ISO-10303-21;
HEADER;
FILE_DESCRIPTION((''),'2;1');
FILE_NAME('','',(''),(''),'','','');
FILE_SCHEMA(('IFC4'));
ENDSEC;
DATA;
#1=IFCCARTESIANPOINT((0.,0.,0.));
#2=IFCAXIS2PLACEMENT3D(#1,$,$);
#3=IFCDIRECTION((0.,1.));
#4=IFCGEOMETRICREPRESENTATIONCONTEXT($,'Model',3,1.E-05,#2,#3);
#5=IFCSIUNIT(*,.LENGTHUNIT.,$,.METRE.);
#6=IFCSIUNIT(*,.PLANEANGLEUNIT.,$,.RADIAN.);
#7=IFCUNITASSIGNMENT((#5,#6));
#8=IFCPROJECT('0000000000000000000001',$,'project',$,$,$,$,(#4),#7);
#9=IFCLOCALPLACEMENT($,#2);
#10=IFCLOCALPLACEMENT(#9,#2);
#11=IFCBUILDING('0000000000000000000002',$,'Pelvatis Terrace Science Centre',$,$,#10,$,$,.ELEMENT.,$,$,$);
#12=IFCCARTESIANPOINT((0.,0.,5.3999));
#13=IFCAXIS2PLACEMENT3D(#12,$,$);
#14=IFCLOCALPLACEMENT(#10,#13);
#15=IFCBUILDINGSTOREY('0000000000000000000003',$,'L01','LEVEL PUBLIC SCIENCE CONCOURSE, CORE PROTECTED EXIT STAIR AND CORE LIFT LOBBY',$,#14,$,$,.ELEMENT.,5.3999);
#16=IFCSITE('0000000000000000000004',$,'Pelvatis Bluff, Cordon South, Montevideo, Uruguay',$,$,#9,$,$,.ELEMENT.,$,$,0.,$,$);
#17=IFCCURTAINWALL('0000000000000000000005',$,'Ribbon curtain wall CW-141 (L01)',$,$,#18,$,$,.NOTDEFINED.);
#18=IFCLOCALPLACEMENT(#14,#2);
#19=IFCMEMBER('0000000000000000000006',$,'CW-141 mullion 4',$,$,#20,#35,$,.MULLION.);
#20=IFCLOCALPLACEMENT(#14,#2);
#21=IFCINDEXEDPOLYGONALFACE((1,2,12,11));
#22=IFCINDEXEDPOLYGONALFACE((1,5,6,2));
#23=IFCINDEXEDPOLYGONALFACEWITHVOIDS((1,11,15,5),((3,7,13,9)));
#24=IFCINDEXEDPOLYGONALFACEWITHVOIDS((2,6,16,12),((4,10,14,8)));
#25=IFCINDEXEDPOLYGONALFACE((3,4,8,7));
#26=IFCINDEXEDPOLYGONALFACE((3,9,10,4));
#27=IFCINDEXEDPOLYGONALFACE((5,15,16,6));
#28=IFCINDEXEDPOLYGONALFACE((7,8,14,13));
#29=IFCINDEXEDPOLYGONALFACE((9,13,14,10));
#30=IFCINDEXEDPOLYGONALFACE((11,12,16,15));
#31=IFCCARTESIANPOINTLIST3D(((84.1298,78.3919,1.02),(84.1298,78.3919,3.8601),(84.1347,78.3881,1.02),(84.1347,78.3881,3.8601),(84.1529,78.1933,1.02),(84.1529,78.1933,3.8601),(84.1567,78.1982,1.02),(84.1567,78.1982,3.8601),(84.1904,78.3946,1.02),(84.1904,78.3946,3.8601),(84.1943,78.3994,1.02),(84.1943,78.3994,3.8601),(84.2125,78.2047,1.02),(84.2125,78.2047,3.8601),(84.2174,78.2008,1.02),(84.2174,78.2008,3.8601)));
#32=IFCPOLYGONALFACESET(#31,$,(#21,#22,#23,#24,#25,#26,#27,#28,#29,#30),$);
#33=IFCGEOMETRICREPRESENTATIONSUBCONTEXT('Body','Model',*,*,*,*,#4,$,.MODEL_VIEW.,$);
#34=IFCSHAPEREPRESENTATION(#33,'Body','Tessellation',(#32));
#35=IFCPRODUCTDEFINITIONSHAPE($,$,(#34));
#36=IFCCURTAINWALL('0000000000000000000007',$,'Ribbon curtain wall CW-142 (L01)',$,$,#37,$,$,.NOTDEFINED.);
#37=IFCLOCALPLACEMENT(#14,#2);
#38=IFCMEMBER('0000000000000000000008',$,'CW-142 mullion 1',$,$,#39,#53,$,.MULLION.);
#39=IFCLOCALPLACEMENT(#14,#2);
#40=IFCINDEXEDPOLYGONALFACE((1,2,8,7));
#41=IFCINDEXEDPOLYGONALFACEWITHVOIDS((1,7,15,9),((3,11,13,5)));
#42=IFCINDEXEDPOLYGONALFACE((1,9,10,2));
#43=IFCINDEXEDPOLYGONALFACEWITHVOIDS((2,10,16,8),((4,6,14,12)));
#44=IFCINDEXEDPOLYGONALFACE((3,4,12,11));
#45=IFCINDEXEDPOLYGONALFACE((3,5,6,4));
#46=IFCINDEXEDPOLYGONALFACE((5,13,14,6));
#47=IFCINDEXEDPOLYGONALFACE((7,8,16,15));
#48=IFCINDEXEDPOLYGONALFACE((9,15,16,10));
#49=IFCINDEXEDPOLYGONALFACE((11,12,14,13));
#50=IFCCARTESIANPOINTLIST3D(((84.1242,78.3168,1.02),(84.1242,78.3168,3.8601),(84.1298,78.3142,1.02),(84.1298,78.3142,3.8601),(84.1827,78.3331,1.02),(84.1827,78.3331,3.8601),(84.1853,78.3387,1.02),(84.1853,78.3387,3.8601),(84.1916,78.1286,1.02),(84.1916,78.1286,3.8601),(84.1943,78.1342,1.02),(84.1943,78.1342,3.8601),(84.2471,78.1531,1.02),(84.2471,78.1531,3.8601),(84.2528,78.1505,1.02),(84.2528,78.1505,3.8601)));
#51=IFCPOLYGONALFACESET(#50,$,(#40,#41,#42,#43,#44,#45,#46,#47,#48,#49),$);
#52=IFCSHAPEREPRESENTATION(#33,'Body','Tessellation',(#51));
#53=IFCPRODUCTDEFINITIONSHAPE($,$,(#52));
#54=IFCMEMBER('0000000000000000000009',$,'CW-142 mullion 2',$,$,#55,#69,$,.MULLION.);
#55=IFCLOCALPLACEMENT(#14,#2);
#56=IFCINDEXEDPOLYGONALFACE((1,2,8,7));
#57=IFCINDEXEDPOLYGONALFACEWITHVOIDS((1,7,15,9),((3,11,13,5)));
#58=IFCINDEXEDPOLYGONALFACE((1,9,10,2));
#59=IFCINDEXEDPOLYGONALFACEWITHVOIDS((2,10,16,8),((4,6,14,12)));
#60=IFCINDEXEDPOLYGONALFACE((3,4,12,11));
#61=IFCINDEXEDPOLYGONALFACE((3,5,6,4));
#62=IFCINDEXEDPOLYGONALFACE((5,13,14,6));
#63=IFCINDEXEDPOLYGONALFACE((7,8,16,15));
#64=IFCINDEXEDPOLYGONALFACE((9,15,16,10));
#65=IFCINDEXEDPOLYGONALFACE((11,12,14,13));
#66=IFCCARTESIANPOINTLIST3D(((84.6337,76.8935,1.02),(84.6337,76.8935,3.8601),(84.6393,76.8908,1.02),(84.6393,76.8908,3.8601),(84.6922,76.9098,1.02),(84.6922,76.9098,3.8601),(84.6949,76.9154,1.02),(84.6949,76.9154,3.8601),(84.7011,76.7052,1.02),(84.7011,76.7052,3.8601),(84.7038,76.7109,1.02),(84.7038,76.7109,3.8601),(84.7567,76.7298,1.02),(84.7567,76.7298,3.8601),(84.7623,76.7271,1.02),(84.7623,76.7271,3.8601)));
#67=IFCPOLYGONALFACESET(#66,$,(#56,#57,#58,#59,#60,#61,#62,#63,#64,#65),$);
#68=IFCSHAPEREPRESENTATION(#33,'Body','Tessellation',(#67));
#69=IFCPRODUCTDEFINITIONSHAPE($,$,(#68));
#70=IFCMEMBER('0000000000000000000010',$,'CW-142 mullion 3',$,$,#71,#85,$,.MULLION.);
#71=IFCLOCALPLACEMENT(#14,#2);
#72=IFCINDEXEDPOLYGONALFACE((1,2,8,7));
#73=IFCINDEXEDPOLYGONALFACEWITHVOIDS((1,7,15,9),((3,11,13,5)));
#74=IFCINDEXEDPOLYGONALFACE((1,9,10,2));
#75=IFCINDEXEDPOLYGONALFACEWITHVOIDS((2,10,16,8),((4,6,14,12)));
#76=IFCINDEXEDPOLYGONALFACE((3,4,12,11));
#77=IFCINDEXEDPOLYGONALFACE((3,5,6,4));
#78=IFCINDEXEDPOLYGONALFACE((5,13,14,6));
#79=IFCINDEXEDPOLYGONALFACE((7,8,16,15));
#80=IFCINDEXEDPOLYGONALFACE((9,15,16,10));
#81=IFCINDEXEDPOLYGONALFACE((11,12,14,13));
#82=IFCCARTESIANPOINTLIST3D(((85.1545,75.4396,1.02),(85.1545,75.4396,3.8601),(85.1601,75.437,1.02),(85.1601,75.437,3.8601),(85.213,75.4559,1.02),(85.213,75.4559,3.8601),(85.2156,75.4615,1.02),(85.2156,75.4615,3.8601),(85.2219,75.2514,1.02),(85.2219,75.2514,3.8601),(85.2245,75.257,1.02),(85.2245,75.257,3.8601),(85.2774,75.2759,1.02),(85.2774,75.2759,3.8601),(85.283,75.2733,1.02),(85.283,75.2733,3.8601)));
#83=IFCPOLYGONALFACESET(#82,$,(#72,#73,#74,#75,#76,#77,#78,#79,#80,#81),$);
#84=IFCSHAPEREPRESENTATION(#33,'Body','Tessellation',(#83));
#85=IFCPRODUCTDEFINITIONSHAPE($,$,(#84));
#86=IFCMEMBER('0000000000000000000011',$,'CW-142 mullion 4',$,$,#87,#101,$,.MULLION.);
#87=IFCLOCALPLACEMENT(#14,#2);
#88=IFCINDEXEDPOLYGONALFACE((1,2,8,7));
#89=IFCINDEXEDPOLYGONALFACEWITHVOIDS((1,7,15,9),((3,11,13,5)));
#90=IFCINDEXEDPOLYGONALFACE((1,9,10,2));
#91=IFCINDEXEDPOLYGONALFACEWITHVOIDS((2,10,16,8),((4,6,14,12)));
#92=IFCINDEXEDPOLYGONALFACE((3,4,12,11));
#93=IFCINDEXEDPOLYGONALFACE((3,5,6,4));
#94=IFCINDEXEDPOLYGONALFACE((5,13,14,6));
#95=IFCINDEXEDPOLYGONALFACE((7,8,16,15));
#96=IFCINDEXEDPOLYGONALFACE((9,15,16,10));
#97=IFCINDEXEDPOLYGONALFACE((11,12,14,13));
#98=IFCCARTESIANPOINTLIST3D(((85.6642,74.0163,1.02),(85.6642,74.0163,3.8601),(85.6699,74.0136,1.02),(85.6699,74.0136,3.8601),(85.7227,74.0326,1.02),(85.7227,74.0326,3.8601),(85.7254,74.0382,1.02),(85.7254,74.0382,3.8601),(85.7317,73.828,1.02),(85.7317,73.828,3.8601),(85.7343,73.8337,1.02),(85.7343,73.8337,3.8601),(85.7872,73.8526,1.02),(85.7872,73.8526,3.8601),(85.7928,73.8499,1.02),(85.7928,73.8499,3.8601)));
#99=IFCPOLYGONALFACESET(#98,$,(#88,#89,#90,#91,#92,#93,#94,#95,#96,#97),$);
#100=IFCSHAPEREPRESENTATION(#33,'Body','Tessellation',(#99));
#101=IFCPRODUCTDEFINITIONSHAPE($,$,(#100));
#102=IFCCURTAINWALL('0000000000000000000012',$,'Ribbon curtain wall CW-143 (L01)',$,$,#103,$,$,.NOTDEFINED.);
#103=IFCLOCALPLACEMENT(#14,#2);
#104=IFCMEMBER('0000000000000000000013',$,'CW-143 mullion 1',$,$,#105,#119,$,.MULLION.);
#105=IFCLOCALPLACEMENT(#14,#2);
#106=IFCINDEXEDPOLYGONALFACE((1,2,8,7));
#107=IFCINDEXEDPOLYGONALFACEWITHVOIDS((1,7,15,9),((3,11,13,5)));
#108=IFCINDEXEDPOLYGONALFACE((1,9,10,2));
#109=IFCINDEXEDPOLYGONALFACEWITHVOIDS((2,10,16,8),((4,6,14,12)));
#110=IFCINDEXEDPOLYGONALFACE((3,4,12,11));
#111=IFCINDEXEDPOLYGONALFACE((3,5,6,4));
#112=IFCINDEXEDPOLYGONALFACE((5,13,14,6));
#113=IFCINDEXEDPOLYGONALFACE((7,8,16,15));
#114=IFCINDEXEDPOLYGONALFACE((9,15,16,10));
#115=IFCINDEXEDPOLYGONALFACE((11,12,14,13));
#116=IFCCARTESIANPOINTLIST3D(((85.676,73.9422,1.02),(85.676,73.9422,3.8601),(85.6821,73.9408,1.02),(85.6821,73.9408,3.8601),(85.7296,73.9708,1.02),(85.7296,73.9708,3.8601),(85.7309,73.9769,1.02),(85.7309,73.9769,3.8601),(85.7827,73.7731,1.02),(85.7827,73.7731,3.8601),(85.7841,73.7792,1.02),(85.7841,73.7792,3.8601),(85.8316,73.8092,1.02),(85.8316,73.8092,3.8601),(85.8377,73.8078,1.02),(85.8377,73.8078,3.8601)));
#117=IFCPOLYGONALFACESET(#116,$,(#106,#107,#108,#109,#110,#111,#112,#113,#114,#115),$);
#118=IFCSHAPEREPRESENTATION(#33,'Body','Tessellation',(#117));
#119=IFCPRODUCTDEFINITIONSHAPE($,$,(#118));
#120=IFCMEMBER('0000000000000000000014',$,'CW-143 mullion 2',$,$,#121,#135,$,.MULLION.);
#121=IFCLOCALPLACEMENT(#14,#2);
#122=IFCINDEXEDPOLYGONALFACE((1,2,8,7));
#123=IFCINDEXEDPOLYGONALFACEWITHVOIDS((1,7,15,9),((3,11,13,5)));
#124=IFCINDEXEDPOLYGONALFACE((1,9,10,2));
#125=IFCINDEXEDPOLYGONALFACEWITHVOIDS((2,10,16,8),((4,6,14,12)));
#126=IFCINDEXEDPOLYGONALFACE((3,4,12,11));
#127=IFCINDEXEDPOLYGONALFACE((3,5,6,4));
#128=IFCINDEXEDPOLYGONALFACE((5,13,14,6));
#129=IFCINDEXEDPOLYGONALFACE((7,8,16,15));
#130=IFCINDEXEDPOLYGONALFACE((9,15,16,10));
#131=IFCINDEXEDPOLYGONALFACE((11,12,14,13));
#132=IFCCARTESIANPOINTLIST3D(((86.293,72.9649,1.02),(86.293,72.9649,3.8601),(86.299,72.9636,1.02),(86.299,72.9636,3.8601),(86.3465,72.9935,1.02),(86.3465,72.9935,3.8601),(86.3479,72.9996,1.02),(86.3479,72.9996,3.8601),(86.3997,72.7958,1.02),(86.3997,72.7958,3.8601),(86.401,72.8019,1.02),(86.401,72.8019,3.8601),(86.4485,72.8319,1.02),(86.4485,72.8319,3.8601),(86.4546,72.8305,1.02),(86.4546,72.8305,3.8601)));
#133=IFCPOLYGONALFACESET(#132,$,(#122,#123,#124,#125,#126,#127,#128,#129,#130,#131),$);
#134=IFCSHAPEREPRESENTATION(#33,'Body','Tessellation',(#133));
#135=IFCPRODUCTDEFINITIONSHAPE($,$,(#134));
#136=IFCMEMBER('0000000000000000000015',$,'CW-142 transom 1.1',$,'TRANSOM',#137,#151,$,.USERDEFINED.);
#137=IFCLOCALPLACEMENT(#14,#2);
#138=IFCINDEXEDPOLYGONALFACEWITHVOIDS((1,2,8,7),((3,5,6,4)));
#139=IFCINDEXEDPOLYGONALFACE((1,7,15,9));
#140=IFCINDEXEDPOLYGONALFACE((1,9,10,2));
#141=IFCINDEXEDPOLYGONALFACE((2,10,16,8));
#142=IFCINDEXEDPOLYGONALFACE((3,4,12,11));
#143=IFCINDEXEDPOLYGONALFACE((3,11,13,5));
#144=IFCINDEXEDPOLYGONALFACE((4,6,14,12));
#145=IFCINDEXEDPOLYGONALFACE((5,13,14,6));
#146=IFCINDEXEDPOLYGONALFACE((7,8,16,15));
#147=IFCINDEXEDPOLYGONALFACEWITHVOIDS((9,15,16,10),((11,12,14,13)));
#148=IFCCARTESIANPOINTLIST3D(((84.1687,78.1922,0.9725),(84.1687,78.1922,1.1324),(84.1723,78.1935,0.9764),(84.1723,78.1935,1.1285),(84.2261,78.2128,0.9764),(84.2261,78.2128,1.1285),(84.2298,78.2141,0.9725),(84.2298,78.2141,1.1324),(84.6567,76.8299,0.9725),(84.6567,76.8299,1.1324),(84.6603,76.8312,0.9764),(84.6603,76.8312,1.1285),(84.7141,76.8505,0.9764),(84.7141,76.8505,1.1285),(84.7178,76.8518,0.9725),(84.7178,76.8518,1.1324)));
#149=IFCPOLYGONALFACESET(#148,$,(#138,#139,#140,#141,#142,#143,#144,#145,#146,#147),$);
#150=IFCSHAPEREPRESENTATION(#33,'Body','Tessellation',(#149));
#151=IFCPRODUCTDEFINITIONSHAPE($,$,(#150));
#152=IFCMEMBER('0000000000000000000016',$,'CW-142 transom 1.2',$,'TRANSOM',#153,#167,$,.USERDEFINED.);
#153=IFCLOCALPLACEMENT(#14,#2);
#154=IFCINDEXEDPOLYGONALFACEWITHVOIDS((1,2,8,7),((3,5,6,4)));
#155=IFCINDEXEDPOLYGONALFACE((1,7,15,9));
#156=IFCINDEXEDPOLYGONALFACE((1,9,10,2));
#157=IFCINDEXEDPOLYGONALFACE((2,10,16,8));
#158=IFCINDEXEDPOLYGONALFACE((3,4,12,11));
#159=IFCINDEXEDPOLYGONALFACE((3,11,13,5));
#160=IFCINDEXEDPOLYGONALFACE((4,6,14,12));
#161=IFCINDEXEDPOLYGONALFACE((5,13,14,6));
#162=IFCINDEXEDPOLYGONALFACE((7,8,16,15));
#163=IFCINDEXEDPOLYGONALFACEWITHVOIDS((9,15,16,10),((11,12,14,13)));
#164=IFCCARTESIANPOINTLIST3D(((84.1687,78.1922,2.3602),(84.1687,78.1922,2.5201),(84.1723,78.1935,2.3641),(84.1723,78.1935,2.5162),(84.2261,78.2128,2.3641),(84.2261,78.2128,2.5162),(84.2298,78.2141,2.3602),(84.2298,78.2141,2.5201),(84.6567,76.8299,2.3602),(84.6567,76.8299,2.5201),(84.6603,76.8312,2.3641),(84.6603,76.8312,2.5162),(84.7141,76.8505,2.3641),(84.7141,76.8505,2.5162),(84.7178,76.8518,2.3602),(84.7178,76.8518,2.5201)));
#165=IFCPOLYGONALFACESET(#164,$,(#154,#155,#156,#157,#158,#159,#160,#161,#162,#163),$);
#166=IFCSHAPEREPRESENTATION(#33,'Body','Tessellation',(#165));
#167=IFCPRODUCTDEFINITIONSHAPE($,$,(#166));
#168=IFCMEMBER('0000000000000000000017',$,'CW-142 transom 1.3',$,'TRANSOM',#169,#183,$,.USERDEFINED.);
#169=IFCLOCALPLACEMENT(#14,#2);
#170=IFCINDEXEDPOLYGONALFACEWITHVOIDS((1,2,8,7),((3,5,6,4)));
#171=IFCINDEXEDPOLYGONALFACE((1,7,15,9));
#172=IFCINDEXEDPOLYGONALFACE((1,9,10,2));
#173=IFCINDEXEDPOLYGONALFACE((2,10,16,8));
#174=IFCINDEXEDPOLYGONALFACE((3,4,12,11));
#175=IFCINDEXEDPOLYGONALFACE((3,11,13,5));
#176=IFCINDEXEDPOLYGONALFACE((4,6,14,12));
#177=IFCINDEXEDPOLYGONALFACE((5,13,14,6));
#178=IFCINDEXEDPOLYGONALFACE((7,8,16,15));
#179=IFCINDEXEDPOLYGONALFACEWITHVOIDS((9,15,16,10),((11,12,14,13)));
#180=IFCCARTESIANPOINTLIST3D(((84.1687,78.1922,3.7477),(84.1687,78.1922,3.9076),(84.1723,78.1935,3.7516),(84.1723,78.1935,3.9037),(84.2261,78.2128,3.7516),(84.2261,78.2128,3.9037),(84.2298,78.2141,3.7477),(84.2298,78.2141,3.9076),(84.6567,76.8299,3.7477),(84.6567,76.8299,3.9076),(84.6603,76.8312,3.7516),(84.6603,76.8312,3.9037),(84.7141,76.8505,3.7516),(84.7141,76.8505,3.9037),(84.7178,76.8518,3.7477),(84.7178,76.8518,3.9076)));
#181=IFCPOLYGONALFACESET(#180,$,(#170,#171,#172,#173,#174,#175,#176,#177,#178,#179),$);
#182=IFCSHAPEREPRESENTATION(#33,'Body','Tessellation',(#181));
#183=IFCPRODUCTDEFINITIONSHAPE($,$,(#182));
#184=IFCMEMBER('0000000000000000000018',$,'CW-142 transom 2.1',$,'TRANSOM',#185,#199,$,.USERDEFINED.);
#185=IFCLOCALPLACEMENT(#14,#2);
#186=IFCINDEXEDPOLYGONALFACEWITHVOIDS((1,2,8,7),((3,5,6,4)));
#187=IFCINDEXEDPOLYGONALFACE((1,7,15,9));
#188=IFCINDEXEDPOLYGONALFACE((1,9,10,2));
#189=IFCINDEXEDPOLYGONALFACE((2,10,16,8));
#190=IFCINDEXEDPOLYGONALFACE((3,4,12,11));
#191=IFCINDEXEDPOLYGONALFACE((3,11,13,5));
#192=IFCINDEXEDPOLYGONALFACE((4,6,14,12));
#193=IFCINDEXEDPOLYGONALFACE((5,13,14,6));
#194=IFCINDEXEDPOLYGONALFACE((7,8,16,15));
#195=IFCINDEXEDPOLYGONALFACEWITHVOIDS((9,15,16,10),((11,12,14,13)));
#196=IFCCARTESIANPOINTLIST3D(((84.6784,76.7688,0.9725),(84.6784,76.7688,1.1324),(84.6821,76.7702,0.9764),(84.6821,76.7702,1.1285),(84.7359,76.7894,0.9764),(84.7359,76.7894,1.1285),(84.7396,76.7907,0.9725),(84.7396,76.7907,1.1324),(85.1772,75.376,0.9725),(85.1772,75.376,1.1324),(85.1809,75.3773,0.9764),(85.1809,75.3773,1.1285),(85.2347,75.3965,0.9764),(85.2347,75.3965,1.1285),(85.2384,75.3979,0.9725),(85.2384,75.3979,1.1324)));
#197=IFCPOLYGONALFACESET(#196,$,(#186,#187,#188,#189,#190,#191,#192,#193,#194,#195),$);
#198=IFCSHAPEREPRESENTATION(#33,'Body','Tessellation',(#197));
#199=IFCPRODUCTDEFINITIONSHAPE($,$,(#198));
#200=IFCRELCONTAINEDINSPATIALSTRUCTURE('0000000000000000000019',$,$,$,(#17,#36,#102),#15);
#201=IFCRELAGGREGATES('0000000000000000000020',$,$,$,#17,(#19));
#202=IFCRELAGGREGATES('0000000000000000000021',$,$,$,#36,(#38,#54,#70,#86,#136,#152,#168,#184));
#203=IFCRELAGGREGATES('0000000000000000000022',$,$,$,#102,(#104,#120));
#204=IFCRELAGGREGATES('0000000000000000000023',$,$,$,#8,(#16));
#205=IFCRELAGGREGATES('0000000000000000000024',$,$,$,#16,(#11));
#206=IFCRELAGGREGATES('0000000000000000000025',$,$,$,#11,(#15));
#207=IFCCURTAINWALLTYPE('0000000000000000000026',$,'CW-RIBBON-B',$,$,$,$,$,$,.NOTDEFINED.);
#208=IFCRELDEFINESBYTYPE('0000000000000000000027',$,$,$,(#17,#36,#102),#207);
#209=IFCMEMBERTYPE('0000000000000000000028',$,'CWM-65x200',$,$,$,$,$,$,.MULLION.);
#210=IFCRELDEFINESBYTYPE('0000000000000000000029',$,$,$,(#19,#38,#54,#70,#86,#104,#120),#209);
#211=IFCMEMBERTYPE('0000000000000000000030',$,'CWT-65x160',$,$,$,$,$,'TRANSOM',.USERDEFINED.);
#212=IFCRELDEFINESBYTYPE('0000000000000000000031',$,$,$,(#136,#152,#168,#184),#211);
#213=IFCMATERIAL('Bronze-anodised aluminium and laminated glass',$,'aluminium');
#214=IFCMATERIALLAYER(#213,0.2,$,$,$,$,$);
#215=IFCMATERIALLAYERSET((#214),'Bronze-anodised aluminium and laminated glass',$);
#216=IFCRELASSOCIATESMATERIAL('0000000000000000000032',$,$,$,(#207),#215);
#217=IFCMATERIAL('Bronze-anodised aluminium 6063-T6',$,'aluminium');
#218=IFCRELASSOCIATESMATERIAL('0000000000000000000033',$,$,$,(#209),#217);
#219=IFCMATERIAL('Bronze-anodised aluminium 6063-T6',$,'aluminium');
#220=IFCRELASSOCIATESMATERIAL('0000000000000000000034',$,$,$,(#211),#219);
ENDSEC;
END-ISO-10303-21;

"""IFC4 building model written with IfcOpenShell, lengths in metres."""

from ifc_helpers import new_model, si_unit, direction, frame, origin, origin_2d, place, context, subcontext, project, spatial, hollow_rectangle, extrude, material, layer, layer_set, material_profile, profile_set, type_object, element, aggregate, save


model = new_model("IFC4")

# Units and contexts
model_context = context("Model", 3, precision=1e-05, world=origin(), true_north=direction((0.0, 1.0)))
body_context = subcontext(model_context, "Body", "Model", "MODEL_VIEW")
ifc_project = project(units=[si_unit("LENGTHUNIT", "METRE"), si_unit("PLANEANGLEUNIT", "RADIAN")], contexts=[model_context])

# Site, building, storey
site_placement = place(None, origin())
site = spatial("IfcSite", under=ifc_project, at=site_placement, Name="Pelvatis Bluff, Cordon South, Montevideo, Uruguay", CompositionType="ELEMENT", RefElevation=0.0)
building_placement = place(site_placement, origin())
building = spatial("IfcBuilding", under=site, at=building_placement, Name="Pelvatis Terrace Science Centre", CompositionType="ELEMENT")
storey_placement = place(building_placement, frame((0.0, 0.0, 5.3999)))
storey = spatial("IfcBuildingStorey", under=building, at=storey_placement, Name="L01", Description="LEVEL PUBLIC SCIENCE CONCOURSE, CORE PROTECTED EXIT STAIR AND CORE LIFT LOBBY", CompositionType="ELEMENT", Elevation=5.3999)

# Curtain wall, member
ifc_material_1 = material(Name="Bronze-anodised aluminium and laminated glass", Category="aluminium")
ifc_layer_1 = layer(ifc_material_1, 0.2)
ifc_layer_set_1 = layer_set([ifc_layer_1], Name="Bronze-anodised aluminium and laminated glass")
curtain_wall_type = type_object("IfcCurtainWallType", Name="CW-RIBBON-B", PredefinedType="NOTDEFINED", material=ifc_layer_set_1)
curtain_wall_1_placement = place(storey_placement, origin())
curtain_wall_1 = element("IfcCurtainWall", 1, at=curtain_wall_1_placement, inside=storey, type_object=curtain_wall_type, Name="Ribbon curtain wall CW-141 (L01)", PredefinedType="NOTDEFINED")
ifc_material_2 = material(Name="Bronze-anodised aluminium 6063-T6", Category="aluminium")
ifc_material_profile_1 = material_profile(ifc_material_2, hollow_rectangle(XDim=0.0649, YDim=0.2, WallThickness=0.0044, at=origin_2d()), Name="ALU-MUL 65x200")
ifc_profile_set_1 = profile_set([ifc_material_profile_1], Name="Bronze-anodised aluminium 6063-T6")
member_type_1 = type_object("IfcMemberType", Name="CWM-65x200", PredefinedType="MULLION", material=ifc_profile_set_1)
member_1_placement = place(storey_placement, frame((84.1736, 78.2964, 1.02), z_axis=(0.0, 0.0, 1.0), x_axis=(0.993308, 0.115497, 0.0)))
member_1 = element("IfcMember", 2, at=member_1_placement, type_object=member_type_1, Name="CW-141 mullion 4", PredefinedType="MULLION", context=body_context, shape_type="SweptSolid", body=[
    extrude(hollow_rectangle(XDim=0.0649, YDim=0.2, WallThickness=0.0044, at=origin_2d()), origin(), (0.0, 0.0, 1.0), 2.8401),
])

# Curtain walls, members
curtain_wall_2_placement = place(storey_placement, origin())
curtain_wall_2 = element("IfcCurtainWall", 3, at=curtain_wall_2_placement, inside=storey, type_object=curtain_wall_type, Name="Ribbon curtain wall CW-142 (L01)", PredefinedType="NOTDEFINED")
member_2_placement = place(storey_placement, frame((84.1885, 78.2336, 1.02), z_axis=(0.0, 0.0, 1.0), x_axis=(0.941442, 0.337176, 0.0)))
member_2 = element("IfcMember", 4, at=member_2_placement, type_object=member_type_1, Name="CW-142 mullion 1", PredefinedType="MULLION", context=body_context, shape_type="SweptSolid", body=[
    extrude(hollow_rectangle(XDim=0.0649, YDim=0.2, WallThickness=0.0044, at=origin_2d()), origin(), (0.0, 0.0, 1.0), 2.8401),
])
member_3_placement = place(storey_placement, frame((84.698, 76.8103, 1.02), z_axis=(0.0, 0.0, 1.0), x_axis=(0.941442, 0.337176, 0.0)))
member_3 = element("IfcMember", 5, at=member_3_placement, type_object=member_type_1, Name="CW-142 mullion 2", PredefinedType="MULLION", context=body_context, shape_type="SweptSolid", body=[
    extrude(hollow_rectangle(XDim=0.0649, YDim=0.2, WallThickness=0.0044, at=origin_2d()), origin(), (0.0, 0.0, 1.0), 2.8401),
])
member_4_placement = place(storey_placement, frame((85.2188, 75.3564, 1.02), z_axis=(0.0, 0.0, 1.0), x_axis=(0.941442, 0.337176, 0.0)))
member_4 = element("IfcMember", 6, at=member_4_placement, type_object=member_type_1, Name="CW-142 mullion 3", PredefinedType="MULLION", context=body_context, shape_type="SweptSolid", body=[
    extrude(hollow_rectangle(XDim=0.0649, YDim=0.2, WallThickness=0.0044, at=origin_2d()), origin(), (0.0, 0.0, 1.0), 2.8401),
])
member_5_placement = place(storey_placement, frame((85.7285, 73.9331, 1.02), z_axis=(0.0, 0.0, 1.0), x_axis=(0.941442, 0.337176, 0.0)))
member_5 = element("IfcMember", 7, at=member_5_placement, type_object=member_type_1, Name="CW-142 mullion 4", PredefinedType="MULLION", context=body_context, shape_type="SweptSolid", body=[
    extrude(hollow_rectangle(XDim=0.0649, YDim=0.2, WallThickness=0.0044, at=origin_2d()), origin(), (0.0, 0.0, 1.0), 2.8401),
])
curtain_wall_3_placement = place(storey_placement, origin())
curtain_wall_3 = element("IfcCurtainWall", 8, at=curtain_wall_3_placement, inside=storey, type_object=curtain_wall_type, Name="Ribbon curtain wall CW-143 (L01)", PredefinedType="NOTDEFINED")
member_6_placement = place(storey_placement, frame((85.7568, 73.875, 1.02), z_axis=(0.0, 0.0, 1.0), x_axis=(0.845678, 0.533693, 0.0)))
member_6 = element("IfcMember", 9, at=member_6_placement, type_object=member_type_1, Name="CW-143 mullion 1", PredefinedType="MULLION", context=body_context, shape_type="SweptSolid", body=[
    extrude(hollow_rectangle(XDim=0.0649, YDim=0.2, WallThickness=0.0044, at=origin_2d()), origin(), (0.0, 0.0, 1.0), 2.8401),
])
member_7_placement = place(storey_placement, frame((86.3738, 72.8977, 1.02), z_axis=(0.0, 0.0, 1.0), x_axis=(0.845678, 0.533693, 0.0)))
member_7 = element("IfcMember", 10, at=member_7_placement, type_object=member_type_1, Name="CW-143 mullion 2", PredefinedType="MULLION", context=body_context, shape_type="SweptSolid", body=[
    extrude(hollow_rectangle(XDim=0.0649, YDim=0.2, WallThickness=0.0044, at=origin_2d()), origin(), (0.0, 0.0, 1.0), 2.8401),
])

# Members
ifc_material_3 = material(Name="Bronze-anodised aluminium 6063-T6", Category="aluminium")
ifc_material_profile_2 = material_profile(ifc_material_3, hollow_rectangle(XDim=0.0649, YDim=0.1599, WallThickness=0.0039, at=origin_2d()), Name="ALU-TRN 65x160")
ifc_profile_set_2 = profile_set([ifc_material_profile_2], Name="Bronze-anodised aluminium 6063-T6")
member_type_2 = type_object("IfcMemberType", Name="CWT-65x160", ElementType="TRANSOM", PredefinedType="USERDEFINED", material=ifc_profile_set_2)
member_8_placement = place(storey_placement, frame((84.1992, 78.2031, 1.0525), z_axis=(0.337255, -0.941413, 0.0), x_axis=(0.941413, 0.337255, 0.0)))
member_8 = element("IfcMember", 11, at=member_8_placement, type_object=member_type_2, Name="CW-142 transom 1.1", ObjectType="TRANSOM", PredefinedType="USERDEFINED", context=body_context, shape_type="SweptSolid", body=[
    extrude(hollow_rectangle(XDim=0.0649, YDim=0.1599, WallThickness=0.0039, at=origin_2d()), origin(), (0.0, 0.0, 1.0), 1.447),
])
member_9_placement = place(storey_placement, frame((84.1992, 78.2031, 2.4402), z_axis=(0.337255, -0.941413, 0.0), x_axis=(0.941413, 0.337255, 0.0)))
member_9 = element("IfcMember", 12, at=member_9_placement, type_object=member_type_2, Name="CW-142 transom 1.2", ObjectType="TRANSOM", PredefinedType="USERDEFINED", context=body_context, shape_type="SweptSolid", body=[
    extrude(hollow_rectangle(XDim=0.0649, YDim=0.1599, WallThickness=0.0039, at=origin_2d()), origin(), (0.0, 0.0, 1.0), 1.447),
])
member_10_placement = place(storey_placement, frame((84.1992, 78.2031, 3.8276), z_axis=(0.337255, -0.941413, 0.0), x_axis=(0.941413, 0.337255, 0.0)))
member_10 = element("IfcMember", 13, at=member_10_placement, type_object=member_type_2, Name="CW-142 transom 1.3", ObjectType="TRANSOM", PredefinedType="USERDEFINED", context=body_context, shape_type="SweptSolid", body=[
    extrude(hollow_rectangle(XDim=0.0649, YDim=0.1599, WallThickness=0.0039, at=origin_2d()), origin(), (0.0, 0.0, 1.0), 1.447),
])
member_11_placement = place(storey_placement, frame((84.709, 76.7798, 1.0525), z_axis=(0.337141, -0.941454, 0.0), x_axis=(0.941454, 0.337141, 0.0)))
member_11 = element("IfcMember", 14, at=member_11_placement, type_object=member_type_2, Name="CW-142 transom 2.1", ObjectType="TRANSOM", PredefinedType="USERDEFINED", context=body_context, shape_type="SweptSolid", body=[
    extrude(hollow_rectangle(XDim=0.0649, YDim=0.1599, WallThickness=0.0039, at=origin_2d()), origin(), (0.0, 0.0, 1.0), 1.4795),
])

aggregate(curtain_wall_1, [member_1])
aggregate(curtain_wall_2, [member_2, member_3, member_4, member_5, member_8, member_9, member_10, member_11])
aggregate(curtain_wall_3, [member_6, member_7])

save(model, "model.ifc")
